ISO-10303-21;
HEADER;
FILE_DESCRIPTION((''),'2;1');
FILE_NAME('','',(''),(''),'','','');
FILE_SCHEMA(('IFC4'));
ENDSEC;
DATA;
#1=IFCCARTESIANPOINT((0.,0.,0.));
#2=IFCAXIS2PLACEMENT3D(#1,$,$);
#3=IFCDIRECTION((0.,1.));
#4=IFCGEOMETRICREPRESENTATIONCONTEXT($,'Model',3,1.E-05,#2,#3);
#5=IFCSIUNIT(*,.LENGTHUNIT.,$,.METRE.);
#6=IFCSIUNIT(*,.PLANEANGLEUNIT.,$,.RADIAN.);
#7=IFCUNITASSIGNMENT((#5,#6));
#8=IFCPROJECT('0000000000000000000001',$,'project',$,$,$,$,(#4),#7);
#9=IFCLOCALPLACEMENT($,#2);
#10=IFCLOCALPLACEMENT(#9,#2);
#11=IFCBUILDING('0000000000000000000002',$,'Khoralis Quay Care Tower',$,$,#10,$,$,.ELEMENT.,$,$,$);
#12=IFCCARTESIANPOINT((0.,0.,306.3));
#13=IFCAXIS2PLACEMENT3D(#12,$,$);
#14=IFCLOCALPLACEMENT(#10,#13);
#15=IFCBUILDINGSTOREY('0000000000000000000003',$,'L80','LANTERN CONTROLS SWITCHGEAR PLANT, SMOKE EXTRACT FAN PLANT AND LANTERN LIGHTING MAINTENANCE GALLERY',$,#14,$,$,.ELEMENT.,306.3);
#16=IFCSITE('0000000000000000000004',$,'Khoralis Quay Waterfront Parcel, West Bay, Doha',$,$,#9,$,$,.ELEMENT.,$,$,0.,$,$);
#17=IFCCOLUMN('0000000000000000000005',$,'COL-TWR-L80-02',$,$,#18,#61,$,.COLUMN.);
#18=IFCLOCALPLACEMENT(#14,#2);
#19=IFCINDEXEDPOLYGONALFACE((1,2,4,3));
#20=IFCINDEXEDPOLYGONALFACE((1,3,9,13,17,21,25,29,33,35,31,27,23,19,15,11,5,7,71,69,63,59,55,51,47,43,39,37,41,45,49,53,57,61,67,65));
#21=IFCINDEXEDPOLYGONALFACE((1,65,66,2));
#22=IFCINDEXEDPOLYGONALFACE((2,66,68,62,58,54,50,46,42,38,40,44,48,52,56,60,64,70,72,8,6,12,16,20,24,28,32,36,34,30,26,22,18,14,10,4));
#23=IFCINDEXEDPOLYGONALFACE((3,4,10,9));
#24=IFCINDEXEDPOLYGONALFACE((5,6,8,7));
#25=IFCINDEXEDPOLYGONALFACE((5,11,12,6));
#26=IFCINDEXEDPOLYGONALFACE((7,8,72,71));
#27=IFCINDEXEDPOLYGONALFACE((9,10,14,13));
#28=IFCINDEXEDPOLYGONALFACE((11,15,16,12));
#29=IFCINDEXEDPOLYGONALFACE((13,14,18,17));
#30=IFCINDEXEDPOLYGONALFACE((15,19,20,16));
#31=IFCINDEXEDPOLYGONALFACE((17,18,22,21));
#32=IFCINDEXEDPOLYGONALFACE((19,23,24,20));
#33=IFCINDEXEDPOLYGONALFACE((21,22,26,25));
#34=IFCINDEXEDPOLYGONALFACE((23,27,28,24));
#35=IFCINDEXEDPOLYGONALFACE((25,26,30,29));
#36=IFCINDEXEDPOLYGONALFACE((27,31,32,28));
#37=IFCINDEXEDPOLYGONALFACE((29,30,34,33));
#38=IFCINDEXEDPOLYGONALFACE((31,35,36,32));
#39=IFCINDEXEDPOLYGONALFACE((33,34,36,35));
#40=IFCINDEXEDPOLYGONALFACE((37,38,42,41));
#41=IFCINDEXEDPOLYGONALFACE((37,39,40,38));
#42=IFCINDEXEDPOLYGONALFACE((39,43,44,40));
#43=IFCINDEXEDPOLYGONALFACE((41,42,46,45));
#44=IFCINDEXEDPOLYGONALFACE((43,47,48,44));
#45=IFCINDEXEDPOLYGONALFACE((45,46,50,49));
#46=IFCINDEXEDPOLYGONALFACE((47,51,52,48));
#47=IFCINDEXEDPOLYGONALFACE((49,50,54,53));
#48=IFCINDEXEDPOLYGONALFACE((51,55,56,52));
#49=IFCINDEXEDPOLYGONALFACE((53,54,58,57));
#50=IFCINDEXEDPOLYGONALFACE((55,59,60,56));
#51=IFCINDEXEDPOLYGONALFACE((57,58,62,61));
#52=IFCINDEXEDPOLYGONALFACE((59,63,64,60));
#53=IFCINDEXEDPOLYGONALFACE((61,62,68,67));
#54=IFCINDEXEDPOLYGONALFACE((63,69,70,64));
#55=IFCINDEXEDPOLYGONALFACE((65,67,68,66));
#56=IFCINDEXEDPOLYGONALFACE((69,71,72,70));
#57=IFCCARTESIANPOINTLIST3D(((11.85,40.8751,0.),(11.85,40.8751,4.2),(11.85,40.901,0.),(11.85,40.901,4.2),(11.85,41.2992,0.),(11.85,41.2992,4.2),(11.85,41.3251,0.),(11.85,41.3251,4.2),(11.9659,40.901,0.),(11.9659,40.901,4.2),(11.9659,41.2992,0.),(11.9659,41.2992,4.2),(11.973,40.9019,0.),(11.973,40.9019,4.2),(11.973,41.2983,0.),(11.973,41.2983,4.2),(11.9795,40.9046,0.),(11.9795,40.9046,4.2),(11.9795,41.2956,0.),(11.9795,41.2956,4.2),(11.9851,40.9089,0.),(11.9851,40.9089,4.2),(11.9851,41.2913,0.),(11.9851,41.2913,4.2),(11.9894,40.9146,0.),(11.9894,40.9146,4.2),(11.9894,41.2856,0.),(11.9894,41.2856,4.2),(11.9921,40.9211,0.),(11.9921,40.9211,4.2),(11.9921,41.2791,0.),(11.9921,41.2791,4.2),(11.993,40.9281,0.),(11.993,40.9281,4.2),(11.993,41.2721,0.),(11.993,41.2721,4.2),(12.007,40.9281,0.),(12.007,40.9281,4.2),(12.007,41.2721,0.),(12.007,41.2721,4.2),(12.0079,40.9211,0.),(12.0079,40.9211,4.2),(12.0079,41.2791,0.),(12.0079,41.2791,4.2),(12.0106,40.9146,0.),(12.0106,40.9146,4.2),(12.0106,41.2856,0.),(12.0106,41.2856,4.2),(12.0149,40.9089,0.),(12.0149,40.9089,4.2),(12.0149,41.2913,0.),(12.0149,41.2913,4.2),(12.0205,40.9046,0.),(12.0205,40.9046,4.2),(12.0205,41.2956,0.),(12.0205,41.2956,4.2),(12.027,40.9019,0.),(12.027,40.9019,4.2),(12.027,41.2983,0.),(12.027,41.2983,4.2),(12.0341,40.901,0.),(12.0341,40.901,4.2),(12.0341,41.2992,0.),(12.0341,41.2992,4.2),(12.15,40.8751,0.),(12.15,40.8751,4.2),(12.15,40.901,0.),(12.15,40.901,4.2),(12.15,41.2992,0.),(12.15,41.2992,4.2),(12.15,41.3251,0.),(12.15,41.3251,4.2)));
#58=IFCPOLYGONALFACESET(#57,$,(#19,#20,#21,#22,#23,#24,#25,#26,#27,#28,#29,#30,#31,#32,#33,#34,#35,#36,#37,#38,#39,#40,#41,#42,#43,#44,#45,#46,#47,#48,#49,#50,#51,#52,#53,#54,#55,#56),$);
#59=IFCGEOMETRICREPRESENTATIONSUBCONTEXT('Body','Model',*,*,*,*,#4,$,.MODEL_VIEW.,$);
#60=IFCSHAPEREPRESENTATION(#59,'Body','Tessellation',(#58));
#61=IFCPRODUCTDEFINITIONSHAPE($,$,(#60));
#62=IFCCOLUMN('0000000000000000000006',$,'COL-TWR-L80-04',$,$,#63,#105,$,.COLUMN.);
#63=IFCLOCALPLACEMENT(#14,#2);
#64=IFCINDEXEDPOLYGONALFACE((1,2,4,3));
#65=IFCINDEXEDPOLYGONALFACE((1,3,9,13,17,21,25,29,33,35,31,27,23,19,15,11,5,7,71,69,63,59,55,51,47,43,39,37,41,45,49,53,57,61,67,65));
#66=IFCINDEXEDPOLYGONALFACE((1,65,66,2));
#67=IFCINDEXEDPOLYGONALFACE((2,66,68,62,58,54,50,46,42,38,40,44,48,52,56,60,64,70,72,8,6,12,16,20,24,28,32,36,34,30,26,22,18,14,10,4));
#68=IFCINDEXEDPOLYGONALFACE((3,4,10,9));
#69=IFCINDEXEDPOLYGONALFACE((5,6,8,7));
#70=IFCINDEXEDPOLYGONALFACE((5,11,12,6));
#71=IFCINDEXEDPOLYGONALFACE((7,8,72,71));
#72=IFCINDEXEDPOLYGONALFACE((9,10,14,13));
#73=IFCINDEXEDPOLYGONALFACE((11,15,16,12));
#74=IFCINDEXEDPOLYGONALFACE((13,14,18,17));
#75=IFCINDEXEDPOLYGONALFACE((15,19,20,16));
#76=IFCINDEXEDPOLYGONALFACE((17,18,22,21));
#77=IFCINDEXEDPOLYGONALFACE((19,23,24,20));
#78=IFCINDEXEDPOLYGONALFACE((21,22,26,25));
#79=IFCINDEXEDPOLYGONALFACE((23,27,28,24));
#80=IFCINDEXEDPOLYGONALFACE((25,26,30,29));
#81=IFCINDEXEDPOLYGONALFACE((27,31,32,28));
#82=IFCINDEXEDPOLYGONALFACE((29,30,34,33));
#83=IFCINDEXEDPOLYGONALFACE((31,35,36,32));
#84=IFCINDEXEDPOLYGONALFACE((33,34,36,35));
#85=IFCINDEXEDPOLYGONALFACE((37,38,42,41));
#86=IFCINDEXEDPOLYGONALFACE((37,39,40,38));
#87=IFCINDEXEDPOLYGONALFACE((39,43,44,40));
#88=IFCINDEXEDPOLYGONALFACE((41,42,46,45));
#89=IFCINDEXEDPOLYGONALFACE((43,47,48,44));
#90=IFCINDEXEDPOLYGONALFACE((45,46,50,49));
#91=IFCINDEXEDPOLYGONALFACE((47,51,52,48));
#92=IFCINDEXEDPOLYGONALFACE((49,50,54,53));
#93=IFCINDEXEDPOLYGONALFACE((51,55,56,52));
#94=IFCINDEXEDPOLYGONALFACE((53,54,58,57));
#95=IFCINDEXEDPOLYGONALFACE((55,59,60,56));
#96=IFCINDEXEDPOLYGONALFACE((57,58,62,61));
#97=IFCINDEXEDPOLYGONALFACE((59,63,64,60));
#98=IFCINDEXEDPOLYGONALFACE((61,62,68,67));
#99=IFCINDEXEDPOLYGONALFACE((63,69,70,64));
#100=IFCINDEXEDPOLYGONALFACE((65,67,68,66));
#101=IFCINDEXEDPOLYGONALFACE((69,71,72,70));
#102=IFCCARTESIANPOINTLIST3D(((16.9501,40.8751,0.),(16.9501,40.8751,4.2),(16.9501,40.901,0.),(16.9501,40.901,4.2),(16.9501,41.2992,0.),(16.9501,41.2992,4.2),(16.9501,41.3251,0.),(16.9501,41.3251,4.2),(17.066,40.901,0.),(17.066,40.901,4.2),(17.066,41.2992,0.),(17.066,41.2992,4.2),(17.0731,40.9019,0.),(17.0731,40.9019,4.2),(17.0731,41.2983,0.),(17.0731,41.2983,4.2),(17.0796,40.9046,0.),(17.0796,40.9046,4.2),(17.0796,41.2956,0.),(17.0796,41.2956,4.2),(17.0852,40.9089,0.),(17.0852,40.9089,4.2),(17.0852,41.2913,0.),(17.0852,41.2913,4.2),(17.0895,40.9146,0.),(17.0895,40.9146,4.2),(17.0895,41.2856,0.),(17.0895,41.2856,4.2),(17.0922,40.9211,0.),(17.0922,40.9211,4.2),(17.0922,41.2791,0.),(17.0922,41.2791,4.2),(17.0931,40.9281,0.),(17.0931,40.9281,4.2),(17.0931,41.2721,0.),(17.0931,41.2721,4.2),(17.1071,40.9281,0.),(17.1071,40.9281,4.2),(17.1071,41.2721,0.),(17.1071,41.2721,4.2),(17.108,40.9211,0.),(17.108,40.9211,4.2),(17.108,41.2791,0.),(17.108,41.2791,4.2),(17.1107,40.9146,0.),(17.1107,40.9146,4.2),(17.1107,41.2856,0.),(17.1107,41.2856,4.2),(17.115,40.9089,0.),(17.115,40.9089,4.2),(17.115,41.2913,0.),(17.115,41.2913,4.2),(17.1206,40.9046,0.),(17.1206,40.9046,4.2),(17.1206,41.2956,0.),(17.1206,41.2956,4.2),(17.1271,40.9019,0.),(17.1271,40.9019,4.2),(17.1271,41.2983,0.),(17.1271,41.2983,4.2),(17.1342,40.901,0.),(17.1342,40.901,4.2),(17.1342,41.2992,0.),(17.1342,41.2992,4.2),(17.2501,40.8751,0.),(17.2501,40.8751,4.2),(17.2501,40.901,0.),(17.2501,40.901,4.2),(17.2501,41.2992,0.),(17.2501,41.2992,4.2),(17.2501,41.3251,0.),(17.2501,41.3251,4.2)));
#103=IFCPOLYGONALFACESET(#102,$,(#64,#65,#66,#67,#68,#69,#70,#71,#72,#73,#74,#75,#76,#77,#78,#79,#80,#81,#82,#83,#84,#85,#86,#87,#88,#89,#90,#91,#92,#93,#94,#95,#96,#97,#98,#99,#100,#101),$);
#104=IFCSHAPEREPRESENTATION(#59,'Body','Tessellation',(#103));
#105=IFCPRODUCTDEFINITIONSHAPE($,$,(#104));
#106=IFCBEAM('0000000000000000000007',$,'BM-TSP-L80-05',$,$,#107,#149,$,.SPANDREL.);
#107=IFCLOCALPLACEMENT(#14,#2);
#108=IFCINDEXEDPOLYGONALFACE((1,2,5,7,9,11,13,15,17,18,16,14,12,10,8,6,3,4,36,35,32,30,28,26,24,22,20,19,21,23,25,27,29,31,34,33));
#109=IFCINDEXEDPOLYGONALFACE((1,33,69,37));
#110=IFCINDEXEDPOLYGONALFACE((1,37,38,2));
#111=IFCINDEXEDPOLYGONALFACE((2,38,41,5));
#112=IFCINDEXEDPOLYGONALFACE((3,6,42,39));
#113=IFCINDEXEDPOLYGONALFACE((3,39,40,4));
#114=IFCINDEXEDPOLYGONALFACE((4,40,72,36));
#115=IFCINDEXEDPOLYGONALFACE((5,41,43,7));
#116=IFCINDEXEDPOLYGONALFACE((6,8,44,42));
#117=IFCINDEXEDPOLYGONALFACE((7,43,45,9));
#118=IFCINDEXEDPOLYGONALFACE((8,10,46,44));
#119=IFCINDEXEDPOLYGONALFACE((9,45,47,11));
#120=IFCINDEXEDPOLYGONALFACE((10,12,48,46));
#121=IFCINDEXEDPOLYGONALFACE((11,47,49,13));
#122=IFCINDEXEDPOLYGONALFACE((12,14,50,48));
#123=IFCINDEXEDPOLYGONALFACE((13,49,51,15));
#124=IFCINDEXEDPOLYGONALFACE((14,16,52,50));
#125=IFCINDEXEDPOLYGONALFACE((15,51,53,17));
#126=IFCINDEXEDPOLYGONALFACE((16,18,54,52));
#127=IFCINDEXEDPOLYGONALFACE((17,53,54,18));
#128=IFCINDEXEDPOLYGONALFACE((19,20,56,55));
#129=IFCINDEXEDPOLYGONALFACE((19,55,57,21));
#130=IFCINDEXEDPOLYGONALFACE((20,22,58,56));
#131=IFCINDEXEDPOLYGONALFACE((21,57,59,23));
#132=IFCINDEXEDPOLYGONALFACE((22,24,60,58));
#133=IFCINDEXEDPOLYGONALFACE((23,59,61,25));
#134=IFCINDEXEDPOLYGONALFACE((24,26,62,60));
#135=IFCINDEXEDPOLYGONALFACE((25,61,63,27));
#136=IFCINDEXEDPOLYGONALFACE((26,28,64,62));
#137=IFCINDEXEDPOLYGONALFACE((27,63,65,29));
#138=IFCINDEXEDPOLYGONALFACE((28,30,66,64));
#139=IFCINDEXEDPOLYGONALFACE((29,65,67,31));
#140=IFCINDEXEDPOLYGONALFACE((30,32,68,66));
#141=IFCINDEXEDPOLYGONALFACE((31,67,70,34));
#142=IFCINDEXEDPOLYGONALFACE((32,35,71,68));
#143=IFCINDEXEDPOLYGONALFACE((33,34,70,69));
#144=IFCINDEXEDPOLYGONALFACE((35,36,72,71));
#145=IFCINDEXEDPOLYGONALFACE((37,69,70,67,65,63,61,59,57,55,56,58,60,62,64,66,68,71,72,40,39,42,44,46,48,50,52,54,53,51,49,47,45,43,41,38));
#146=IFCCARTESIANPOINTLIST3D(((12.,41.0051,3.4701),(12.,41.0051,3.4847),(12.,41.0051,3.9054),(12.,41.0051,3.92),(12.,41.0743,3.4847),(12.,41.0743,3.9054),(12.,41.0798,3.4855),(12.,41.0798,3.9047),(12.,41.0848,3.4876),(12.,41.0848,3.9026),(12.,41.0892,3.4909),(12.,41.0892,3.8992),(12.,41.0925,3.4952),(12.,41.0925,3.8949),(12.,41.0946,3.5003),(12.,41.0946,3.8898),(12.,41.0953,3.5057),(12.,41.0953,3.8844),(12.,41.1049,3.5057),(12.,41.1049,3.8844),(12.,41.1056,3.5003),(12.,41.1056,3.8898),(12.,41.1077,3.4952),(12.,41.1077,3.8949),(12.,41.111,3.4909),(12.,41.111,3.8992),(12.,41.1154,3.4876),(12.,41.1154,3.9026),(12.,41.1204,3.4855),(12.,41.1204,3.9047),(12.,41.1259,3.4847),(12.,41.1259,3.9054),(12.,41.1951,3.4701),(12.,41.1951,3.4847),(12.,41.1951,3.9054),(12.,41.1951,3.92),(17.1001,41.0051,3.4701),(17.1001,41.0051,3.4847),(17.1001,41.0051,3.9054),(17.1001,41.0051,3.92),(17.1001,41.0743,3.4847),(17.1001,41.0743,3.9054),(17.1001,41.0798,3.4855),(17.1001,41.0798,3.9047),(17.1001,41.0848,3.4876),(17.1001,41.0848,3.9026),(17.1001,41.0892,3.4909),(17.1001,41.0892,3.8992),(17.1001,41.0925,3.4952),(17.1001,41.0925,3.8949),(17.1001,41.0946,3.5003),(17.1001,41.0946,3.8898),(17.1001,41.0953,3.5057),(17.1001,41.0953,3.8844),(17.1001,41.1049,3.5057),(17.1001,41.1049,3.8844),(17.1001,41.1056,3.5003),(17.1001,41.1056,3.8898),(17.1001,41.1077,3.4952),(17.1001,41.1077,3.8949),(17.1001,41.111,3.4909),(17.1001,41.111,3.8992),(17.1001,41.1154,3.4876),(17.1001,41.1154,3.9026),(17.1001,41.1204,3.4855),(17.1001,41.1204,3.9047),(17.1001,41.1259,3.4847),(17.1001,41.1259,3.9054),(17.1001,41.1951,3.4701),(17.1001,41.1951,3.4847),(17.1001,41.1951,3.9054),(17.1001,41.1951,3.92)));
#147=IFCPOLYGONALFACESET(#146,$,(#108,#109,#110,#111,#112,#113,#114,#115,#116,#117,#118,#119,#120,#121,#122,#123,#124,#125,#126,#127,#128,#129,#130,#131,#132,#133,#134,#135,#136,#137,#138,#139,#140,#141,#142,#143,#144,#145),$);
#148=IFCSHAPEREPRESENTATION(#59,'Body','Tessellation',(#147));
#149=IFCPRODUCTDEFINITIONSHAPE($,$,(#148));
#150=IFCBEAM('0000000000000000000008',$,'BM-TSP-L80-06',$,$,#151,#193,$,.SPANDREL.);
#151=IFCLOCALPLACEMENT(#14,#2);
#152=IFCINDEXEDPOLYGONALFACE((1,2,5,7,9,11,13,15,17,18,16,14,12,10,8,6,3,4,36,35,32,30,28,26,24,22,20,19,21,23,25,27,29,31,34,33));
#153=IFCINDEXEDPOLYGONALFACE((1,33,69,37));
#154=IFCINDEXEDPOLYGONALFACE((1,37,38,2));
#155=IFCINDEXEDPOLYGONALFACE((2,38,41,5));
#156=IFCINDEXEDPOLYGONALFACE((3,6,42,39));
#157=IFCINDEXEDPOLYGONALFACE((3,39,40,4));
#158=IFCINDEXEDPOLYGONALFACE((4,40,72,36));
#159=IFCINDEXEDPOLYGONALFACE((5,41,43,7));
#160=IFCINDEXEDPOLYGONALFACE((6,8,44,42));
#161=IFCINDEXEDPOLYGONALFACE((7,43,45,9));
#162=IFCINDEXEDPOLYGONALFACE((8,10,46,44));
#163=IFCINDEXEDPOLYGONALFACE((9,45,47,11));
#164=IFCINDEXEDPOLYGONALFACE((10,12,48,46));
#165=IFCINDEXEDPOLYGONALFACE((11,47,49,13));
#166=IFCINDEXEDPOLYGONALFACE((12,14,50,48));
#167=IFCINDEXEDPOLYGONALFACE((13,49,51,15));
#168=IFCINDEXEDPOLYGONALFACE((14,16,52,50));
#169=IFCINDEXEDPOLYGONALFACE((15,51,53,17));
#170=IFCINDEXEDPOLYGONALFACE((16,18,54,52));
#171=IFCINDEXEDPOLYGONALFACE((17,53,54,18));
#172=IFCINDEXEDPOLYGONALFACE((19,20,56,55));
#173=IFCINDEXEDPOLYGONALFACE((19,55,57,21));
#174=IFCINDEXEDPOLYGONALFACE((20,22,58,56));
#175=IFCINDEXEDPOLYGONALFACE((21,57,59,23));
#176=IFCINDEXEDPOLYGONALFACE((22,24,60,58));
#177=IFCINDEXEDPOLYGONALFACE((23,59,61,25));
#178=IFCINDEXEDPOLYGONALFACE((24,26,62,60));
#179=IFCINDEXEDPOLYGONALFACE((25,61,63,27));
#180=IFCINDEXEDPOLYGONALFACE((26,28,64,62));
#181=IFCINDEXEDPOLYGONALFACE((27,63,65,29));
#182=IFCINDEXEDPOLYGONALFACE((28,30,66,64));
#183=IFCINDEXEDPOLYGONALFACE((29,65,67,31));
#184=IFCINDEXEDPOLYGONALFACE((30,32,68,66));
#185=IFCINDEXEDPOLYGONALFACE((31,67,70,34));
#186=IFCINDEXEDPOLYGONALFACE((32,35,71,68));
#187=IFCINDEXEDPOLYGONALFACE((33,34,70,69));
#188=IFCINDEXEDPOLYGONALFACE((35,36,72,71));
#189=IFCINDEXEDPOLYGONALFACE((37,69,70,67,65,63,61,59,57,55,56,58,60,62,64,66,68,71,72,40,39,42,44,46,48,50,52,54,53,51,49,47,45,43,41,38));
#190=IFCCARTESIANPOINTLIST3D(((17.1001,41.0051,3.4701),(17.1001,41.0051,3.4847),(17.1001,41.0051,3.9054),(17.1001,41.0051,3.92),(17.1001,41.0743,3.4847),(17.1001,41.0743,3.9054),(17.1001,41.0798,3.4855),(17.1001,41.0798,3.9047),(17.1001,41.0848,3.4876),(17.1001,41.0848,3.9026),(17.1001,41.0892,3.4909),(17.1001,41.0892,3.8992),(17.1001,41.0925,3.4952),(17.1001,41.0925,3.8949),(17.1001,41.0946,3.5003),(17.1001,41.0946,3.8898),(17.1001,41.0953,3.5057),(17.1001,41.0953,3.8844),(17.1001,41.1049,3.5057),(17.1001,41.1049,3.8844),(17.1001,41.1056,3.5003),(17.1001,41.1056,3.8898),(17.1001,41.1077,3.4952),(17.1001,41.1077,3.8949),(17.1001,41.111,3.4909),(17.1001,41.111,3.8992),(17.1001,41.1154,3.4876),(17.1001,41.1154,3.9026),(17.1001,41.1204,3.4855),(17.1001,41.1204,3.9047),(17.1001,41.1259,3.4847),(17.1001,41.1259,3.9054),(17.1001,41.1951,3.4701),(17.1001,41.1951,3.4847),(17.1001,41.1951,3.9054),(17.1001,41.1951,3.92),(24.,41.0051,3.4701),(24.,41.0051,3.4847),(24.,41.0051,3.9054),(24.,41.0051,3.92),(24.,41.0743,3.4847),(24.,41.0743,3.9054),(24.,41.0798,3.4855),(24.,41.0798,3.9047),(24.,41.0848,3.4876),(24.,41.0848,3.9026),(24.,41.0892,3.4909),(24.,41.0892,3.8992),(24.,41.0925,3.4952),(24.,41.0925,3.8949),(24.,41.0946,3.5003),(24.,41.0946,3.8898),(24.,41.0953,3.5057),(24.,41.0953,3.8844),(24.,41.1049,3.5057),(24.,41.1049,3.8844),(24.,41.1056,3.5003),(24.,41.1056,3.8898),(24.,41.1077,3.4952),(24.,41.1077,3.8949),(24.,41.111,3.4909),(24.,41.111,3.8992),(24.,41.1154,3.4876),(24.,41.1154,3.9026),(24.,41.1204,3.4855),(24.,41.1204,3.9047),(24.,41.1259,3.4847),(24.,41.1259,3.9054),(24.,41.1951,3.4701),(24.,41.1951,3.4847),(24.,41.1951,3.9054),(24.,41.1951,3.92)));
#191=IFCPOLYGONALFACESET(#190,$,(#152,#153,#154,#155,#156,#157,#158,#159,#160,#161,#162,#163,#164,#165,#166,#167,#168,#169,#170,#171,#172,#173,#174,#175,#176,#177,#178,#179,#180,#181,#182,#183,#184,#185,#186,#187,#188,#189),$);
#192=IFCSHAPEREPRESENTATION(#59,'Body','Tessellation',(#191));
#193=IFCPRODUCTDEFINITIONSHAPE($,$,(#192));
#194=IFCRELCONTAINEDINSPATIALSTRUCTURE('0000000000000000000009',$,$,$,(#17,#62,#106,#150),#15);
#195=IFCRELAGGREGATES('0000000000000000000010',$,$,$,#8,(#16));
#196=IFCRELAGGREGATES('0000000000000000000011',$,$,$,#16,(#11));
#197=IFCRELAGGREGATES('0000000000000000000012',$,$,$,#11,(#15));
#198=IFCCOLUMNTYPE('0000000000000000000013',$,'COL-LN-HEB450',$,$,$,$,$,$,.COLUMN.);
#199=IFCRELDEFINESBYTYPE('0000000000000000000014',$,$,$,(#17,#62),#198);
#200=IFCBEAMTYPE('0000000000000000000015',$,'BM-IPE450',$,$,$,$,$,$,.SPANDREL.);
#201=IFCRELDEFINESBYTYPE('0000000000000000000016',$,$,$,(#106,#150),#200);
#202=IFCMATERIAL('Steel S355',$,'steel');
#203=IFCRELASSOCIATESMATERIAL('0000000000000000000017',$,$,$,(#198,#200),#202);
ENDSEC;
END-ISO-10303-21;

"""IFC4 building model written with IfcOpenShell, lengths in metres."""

from ifc_helpers import new_model, si_unit, direction, frame, origin, origin_2d, place, context, subcontext, project, spatial, i_section, extrude, source, transform, mapped, material, material_profile, profile_set, type_object, element, save


model = new_model("IFC4")

# Units and contexts
model_context = context("Model", 3, precision=1e-05, world=origin(), true_north=direction((0.0, 1.0)))
body_context = subcontext(model_context, "Body", "Model", "MODEL_VIEW")
ifc_project = project(units=[si_unit("LENGTHUNIT", "METRE"), si_unit("PLANEANGLEUNIT", "RADIAN")], contexts=[model_context])

# Site, building, storey
site_placement = place(None, origin())
site = spatial("IfcSite", under=ifc_project, at=site_placement, Name="Khoralis Quay Waterfront Parcel, West Bay, Doha", CompositionType="ELEMENT", RefElevation=0.0)
building_placement = place(site_placement, origin())
building = spatial("IfcBuilding", under=site, at=building_placement, Name="Khoralis Quay Care Tower", CompositionType="ELEMENT")
storey_placement = place(building_placement, frame((0.0, 0.0, 306.3)))
storey = spatial("IfcBuildingStorey", under=building, at=storey_placement, Name="L80", Description="LANTERN CONTROLS SWITCHGEAR PLANT, SMOKE EXTRACT FAN PLANT AND LANTERN LIGHTING MAINTENANCE GALLERY", CompositionType="ELEMENT", Elevation=306.3)

# Columns
ifc_material_1 = material(Name="Steel S355", Category="steel")
ifc_material_profile_1 = material_profile(ifc_material_1, i_section(OverallWidth=0.3, OverallDepth=0.45, WebThickness=0.0139, FlangeThickness=0.0259, FilletRadius=0.0271, at=origin_2d()), Name="Steel S355")
ifc_profile_set_1 = profile_set([ifc_material_profile_1], Name="Steel S355")
column_type = type_object("IfcColumnType", Name="COL-LN-HEB450", PredefinedType="COLUMN", material=ifc_profile_set_1)
shared_shape_1 = source(origin(), body_context, "Body", "SweptSolid", [
    extrude(i_section(OverallWidth=0.3, OverallDepth=0.45, WebThickness=0.0139, FlangeThickness=0.0259, FilletRadius=0.0271, at=origin_2d()), origin(), (0.0, 0.0, 1.0), 4.2),
])
for number, where, z_axis, x_axis, name in (
    (1, (12.0, 41.1001, 0.0), (0.0, 0.0, 1.0), (1.0, 0.0, 0.0), "COL-TWR-L80-02"),
    (2, (17.1001, 41.1001, 0.0), (0.0, 0.0, 1.0), (1.0, 0.0, 0.0), "COL-TWR-L80-04"),
):
    element("IfcColumn", number, at=place(storey_placement, frame(where, z_axis=z_axis, x_axis=x_axis)), inside=storey, type_object=column_type, Name=name, PredefinedType="COLUMN", context=body_context, shape_type="MappedRepresentation", body=[
        mapped(shared_shape_1, transform((0.0, 0.0, 0.0), scale=1.0)),
    ])

# Beams
ifc_material_profile_2 = material_profile(ifc_material_1, i_section(OverallWidth=0.1899, OverallDepth=0.45, WebThickness=0.0095, FlangeThickness=0.0146, FilletRadius=0.021, at=origin_2d()), Name="Steel S355")
ifc_profile_set_2 = profile_set([ifc_material_profile_2], Name="Steel S355")
beam_type_1 = type_object("IfcBeamType", Name="BM-IPE450", PredefinedType="SPANDREL", material=ifc_profile_set_2)
shared_shape_2 = source(origin(), body_context, "Body", "SweptSolid", [
    extrude(i_section(OverallWidth=0.1899, OverallDepth=0.45, WebThickness=0.0095, FlangeThickness=0.0146, FilletRadius=0.021, at=origin_2d()), origin(), (0.0, 0.0, 1.0), 5.1001),
])
beam_1_placement = place(storey_placement, frame((12.0, 41.1001, 3.6951), z_axis=(1.0, 0.0, 0.0), x_axis=(0.0, 1.0, 0.0)))
element("IfcBeam", 3, at=beam_1_placement, inside=storey, type_object=beam_type_1, Name="BM-TSP-L80-05", PredefinedType="SPANDREL", context=body_context, shape_type="MappedRepresentation", body=[
    mapped(shared_shape_2, transform((0.0, 0.0, 0.0), scale=1.0)),
])
shared_shape_3 = source(origin(), body_context, "Body", "SweptSolid", [
    extrude(i_section(OverallWidth=0.1899, OverallDepth=0.45, WebThickness=0.0095, FlangeThickness=0.0146, FilletRadius=0.021, at=origin_2d()), origin(), (0.0, 0.0, 1.0), 6.8999),
])
beam_2_placement = place(storey_placement, frame((17.1001, 41.1001, 3.6951), z_axis=(1.0, 0.0, 0.0), x_axis=(0.0, 1.0, 0.0)))
element("IfcBeam", 4, at=beam_2_placement, inside=storey, type_object=beam_type_1, Name="BM-TSP-L80-06", PredefinedType="SPANDREL", context=body_context, shape_type="MappedRepresentation", body=[
    mapped(shared_shape_3, transform((0.0, 0.0, 0.0), scale=1.0)),
])

save(model, "model.ifc")
